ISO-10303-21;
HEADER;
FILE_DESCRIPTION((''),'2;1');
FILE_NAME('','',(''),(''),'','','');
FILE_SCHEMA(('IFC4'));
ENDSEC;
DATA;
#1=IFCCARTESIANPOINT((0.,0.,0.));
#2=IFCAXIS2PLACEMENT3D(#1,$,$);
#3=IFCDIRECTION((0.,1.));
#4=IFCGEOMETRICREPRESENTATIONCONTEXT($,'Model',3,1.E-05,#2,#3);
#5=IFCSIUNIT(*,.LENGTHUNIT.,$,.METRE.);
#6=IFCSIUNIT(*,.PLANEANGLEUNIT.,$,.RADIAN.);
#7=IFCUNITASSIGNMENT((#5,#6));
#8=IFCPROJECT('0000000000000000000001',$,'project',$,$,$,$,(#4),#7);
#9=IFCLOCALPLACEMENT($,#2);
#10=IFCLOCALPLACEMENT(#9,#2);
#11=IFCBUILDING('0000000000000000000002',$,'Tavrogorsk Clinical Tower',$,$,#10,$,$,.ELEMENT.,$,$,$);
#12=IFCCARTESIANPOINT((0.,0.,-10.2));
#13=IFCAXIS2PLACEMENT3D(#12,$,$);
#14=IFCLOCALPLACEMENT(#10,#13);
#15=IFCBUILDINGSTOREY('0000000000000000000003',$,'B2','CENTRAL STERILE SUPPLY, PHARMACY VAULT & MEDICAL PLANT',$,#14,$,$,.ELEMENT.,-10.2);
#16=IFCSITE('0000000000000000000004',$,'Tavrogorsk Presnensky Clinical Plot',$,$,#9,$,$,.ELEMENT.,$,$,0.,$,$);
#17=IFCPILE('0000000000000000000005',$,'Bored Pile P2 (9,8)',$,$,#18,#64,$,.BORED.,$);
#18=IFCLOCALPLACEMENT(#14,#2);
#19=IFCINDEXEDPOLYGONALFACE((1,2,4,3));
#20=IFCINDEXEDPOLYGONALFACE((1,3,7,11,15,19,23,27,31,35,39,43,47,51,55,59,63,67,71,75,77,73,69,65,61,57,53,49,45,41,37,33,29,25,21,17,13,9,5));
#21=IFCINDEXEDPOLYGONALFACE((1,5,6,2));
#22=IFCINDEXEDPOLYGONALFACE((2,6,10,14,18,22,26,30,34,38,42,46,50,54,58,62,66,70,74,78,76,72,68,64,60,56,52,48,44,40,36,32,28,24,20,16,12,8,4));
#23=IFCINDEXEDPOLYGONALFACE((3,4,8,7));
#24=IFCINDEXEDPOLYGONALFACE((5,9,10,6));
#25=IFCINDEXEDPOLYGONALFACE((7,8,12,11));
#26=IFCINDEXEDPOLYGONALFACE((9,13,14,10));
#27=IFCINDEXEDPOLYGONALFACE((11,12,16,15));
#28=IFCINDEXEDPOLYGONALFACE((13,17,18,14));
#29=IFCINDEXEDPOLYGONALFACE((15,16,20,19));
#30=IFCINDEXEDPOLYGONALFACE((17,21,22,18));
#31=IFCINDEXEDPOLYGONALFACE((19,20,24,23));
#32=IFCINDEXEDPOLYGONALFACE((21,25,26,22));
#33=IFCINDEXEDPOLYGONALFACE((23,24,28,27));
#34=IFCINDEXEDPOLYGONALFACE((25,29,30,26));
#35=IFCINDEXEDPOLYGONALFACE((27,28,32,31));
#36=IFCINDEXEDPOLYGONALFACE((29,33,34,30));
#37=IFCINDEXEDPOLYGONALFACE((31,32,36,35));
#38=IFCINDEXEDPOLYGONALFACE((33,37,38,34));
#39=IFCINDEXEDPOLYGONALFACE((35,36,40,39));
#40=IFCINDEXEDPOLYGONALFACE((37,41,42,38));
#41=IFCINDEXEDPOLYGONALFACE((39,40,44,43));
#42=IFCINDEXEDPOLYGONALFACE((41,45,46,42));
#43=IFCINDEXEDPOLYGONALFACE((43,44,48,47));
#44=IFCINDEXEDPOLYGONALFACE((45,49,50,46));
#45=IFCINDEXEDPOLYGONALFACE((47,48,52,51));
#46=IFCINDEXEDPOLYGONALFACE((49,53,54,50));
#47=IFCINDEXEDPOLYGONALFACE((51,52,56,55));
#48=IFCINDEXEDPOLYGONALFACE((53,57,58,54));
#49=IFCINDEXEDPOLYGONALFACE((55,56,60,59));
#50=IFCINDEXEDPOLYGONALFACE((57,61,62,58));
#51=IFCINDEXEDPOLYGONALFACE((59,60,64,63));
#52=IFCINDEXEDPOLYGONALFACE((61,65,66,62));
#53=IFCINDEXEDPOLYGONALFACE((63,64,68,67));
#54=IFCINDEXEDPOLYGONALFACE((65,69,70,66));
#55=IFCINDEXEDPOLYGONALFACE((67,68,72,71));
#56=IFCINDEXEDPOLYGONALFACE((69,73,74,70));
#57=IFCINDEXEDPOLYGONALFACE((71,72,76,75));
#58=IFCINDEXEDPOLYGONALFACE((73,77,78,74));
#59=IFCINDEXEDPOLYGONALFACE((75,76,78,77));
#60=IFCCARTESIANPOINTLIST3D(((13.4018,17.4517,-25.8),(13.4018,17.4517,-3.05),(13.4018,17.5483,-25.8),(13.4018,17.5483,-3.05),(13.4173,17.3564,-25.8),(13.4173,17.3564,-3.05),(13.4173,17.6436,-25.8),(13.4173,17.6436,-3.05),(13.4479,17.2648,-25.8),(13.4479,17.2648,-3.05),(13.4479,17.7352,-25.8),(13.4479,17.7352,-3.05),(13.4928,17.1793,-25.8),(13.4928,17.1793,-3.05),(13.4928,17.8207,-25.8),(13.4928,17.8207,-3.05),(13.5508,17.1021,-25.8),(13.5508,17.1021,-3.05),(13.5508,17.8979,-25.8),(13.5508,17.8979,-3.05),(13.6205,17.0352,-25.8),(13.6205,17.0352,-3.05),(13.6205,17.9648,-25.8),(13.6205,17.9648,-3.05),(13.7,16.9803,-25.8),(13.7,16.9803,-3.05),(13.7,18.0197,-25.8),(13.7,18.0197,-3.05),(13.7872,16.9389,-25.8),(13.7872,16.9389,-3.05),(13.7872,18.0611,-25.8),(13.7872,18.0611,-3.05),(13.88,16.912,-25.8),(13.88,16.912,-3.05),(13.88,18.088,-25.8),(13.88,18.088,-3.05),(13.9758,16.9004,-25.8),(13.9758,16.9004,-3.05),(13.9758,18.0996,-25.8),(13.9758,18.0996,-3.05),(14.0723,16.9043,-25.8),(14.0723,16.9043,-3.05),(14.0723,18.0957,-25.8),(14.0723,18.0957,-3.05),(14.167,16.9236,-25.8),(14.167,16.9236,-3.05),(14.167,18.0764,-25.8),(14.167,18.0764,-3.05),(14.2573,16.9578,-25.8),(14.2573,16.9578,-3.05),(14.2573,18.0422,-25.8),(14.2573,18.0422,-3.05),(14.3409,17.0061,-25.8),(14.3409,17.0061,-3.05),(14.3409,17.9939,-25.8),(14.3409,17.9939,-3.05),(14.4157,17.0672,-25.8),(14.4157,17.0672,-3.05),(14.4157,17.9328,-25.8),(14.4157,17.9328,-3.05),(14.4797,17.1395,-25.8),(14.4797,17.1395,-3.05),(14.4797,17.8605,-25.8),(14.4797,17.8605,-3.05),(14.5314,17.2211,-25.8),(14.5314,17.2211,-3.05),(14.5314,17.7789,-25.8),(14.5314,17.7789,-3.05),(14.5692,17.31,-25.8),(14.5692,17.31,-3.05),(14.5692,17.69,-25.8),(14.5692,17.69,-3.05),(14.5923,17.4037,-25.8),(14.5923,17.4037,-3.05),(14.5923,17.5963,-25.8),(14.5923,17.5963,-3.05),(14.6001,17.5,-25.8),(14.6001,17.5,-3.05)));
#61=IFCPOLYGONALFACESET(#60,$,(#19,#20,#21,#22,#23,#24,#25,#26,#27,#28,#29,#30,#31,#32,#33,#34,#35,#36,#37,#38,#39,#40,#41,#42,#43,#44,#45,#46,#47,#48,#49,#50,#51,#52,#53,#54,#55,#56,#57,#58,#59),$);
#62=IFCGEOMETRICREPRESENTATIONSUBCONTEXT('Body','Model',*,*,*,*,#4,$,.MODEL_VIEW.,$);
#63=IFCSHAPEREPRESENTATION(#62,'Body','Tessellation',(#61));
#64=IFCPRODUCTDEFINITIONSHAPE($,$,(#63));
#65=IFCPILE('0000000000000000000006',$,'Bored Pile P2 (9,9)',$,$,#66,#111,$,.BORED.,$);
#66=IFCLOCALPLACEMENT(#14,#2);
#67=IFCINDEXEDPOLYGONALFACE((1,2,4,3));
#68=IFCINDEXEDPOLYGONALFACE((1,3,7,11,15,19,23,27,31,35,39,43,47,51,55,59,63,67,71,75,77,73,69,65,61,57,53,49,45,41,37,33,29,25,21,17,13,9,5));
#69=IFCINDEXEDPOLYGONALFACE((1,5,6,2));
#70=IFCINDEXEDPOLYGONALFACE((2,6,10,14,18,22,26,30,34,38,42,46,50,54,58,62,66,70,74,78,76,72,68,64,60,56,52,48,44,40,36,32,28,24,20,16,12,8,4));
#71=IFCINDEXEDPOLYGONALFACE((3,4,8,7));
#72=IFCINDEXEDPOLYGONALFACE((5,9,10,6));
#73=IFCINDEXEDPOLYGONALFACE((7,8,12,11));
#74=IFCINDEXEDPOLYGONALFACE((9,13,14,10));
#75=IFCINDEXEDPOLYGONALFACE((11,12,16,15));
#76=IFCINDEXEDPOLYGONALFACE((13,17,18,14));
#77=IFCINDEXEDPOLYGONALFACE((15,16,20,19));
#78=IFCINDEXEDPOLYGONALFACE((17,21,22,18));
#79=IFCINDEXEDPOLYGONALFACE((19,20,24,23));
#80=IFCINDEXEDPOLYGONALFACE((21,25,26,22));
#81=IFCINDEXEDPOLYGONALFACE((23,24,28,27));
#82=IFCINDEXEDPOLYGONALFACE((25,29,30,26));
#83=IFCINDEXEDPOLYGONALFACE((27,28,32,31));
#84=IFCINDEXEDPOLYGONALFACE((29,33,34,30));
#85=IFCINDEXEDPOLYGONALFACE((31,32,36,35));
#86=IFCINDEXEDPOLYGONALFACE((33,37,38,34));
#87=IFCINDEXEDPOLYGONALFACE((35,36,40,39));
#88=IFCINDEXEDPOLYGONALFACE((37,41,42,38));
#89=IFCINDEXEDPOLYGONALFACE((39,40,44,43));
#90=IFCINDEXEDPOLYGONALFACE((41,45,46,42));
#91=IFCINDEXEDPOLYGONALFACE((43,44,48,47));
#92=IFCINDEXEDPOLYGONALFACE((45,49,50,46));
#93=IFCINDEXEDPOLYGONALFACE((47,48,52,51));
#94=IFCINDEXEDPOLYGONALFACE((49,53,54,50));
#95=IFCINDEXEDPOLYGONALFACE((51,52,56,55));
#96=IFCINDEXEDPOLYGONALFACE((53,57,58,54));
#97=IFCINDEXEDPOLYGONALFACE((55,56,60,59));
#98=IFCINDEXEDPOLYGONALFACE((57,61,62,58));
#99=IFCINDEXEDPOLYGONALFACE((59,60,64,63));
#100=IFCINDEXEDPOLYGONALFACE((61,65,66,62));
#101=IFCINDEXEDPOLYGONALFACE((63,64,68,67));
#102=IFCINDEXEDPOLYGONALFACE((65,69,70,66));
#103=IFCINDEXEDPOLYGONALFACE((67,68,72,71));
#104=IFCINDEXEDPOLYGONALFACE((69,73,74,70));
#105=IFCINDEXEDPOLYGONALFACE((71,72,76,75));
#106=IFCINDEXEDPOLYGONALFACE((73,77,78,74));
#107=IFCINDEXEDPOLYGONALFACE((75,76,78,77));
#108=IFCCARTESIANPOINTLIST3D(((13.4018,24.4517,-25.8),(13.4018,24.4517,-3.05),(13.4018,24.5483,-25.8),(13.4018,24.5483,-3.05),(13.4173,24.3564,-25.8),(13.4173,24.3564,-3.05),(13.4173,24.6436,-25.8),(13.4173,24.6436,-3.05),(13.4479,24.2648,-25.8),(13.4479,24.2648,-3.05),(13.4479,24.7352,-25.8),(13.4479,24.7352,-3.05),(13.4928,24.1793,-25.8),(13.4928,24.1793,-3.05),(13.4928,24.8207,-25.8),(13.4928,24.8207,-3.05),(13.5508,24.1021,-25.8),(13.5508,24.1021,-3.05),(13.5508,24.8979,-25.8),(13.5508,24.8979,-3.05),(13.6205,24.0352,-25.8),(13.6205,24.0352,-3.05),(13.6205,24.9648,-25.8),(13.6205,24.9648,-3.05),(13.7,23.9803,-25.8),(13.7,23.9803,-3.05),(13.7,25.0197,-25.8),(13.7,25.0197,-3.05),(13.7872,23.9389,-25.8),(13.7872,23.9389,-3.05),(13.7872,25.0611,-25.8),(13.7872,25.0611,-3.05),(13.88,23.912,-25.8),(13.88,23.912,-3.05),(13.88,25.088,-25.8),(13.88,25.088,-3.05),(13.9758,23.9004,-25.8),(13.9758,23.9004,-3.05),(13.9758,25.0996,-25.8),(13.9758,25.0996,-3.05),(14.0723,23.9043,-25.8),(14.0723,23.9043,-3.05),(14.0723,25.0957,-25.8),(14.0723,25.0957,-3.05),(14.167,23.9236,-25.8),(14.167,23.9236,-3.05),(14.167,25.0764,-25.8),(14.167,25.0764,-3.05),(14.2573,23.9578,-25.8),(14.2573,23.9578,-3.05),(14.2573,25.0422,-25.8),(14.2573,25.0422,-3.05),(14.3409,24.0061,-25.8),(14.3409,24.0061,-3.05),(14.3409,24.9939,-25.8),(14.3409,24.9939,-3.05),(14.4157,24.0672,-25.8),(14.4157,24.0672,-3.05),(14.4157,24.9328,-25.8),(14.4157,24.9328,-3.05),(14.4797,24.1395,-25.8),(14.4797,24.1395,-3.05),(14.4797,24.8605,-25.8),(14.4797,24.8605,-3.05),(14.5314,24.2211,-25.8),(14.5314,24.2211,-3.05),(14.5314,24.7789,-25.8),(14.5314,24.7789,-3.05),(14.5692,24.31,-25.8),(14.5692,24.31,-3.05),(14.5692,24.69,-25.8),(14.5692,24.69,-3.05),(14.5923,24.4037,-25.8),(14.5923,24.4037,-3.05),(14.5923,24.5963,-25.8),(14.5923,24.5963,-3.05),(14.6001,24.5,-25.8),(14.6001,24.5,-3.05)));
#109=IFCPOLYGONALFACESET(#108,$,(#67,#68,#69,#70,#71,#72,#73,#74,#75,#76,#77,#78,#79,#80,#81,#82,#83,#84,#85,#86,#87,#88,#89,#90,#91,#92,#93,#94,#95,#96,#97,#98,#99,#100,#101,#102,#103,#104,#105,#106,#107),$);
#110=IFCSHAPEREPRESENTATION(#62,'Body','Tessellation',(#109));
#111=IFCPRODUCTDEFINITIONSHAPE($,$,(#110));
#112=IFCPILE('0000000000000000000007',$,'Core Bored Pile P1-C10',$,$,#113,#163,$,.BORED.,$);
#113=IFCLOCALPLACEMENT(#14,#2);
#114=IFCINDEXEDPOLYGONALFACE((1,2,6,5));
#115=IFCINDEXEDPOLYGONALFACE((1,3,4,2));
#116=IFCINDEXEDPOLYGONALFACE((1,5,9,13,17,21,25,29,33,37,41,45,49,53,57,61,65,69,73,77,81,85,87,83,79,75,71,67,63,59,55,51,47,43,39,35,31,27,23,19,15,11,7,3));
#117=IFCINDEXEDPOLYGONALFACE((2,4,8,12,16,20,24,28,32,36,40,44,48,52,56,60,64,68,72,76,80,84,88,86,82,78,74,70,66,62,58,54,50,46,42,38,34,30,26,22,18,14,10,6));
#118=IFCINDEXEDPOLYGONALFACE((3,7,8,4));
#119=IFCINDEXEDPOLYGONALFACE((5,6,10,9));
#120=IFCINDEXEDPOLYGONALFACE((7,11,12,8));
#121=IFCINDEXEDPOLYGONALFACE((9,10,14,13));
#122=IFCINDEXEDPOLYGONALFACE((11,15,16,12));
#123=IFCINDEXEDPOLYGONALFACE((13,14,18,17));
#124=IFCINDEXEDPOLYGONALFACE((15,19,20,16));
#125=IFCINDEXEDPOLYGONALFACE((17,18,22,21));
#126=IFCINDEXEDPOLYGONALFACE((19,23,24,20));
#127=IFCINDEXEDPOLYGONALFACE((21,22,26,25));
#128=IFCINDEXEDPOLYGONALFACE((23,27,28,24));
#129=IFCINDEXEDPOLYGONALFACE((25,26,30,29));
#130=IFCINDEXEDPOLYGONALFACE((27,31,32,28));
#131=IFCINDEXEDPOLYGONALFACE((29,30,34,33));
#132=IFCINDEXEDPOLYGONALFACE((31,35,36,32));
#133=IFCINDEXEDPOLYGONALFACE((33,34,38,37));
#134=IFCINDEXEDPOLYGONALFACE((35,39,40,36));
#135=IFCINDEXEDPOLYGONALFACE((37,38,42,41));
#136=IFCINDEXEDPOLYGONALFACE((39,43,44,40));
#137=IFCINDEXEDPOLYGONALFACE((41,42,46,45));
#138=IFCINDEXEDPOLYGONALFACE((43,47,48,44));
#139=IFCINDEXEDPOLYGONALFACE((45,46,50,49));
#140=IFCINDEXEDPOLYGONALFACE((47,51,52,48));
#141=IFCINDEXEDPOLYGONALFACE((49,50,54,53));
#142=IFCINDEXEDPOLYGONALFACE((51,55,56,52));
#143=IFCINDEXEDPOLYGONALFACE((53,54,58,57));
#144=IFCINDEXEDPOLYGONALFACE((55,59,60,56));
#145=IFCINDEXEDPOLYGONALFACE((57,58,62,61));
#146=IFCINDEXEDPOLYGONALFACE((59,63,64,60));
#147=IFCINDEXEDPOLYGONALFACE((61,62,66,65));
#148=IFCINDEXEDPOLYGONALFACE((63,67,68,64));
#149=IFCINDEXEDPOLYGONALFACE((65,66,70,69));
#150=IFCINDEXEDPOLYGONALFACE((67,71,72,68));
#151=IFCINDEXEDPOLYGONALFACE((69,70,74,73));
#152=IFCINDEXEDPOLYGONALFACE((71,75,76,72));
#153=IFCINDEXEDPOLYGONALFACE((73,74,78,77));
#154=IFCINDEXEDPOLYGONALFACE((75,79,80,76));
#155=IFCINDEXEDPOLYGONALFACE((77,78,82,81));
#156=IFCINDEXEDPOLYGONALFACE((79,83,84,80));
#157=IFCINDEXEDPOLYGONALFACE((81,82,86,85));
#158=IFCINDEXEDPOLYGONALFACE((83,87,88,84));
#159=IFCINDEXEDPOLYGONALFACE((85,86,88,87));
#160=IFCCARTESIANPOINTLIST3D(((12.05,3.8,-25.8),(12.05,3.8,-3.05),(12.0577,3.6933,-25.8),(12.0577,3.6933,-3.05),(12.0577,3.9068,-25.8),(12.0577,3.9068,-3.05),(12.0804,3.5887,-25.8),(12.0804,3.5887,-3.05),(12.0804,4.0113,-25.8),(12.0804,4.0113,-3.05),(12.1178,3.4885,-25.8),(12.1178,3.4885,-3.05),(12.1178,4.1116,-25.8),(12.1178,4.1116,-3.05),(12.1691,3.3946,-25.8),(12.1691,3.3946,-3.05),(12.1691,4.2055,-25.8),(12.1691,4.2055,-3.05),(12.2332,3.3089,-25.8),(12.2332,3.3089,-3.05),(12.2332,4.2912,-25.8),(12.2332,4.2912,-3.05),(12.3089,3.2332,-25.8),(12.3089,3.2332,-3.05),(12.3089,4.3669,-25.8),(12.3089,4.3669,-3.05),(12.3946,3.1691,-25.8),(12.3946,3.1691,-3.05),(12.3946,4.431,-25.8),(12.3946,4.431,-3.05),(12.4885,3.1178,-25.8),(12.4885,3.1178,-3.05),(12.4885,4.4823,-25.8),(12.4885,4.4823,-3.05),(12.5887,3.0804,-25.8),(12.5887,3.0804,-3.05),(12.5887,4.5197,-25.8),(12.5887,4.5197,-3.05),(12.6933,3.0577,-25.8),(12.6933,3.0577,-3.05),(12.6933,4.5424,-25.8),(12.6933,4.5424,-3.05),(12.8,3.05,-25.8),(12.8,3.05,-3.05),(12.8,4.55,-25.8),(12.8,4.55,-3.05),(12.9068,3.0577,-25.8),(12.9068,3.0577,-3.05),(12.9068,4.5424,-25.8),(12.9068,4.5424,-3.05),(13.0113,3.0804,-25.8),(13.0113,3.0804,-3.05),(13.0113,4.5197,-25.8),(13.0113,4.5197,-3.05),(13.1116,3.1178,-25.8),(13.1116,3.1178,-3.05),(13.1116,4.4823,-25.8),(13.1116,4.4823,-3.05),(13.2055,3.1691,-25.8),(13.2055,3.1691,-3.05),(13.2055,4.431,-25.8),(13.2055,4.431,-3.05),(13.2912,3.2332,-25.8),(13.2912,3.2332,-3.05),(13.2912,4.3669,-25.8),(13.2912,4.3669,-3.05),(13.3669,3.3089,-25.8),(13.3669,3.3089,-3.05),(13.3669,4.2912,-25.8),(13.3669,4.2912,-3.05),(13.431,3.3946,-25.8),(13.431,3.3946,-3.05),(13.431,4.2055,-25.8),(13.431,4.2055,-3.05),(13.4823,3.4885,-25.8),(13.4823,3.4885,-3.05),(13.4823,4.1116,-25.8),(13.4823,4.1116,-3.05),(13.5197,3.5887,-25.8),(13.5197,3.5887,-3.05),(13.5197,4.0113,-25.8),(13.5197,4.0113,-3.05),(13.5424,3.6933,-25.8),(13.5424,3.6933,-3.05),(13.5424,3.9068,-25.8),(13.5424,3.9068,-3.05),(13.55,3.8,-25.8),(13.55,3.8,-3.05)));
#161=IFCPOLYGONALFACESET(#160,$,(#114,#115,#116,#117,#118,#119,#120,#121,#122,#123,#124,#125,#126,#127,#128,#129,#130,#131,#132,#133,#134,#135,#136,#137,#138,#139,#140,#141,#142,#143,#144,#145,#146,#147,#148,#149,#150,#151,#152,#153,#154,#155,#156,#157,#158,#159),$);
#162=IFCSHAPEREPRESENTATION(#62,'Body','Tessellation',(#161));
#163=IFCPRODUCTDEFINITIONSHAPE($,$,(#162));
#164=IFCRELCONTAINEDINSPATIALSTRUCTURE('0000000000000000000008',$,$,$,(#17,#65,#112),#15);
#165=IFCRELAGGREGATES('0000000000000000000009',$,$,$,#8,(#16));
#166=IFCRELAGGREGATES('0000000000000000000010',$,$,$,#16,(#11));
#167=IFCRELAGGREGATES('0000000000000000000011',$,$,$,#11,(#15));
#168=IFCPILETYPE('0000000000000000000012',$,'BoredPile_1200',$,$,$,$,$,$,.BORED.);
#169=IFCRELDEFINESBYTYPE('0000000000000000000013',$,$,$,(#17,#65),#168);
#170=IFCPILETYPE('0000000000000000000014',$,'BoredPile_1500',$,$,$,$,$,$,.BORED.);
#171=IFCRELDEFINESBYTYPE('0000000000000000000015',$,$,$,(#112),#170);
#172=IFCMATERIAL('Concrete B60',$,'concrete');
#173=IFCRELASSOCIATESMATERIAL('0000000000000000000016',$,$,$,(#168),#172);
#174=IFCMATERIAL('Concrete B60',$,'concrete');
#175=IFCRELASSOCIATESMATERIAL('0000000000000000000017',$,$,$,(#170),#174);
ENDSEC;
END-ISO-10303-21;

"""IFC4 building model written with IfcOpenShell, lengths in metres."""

from ifc_helpers import new_model, si_unit, direction, frame, origin, origin_2d, place, context, subcontext, project, spatial, circle, extrude, material, material_profile, profile_set, type_object, element, save


model = new_model("IFC4")

# Units and contexts
model_context = context("Model", 3, precision=1e-05, world=origin(), true_north=direction((0.0, 1.0)))
body_context = subcontext(model_context, "Body", "Model", "MODEL_VIEW")
ifc_project = project(units=[si_unit("LENGTHUNIT", "METRE"), si_unit("PLANEANGLEUNIT", "RADIAN")], contexts=[model_context])

# Site, building, storey
site_placement = place(None, origin())
site = spatial("IfcSite", under=ifc_project, at=site_placement, Name="Tavrogorsk Presnensky Clinical Plot", CompositionType="ELEMENT", RefElevation=0.0)
building_placement = place(site_placement, origin())
building = spatial("IfcBuilding", under=site, at=building_placement, Name="Tavrogorsk Clinical Tower", CompositionType="ELEMENT")
storey_placement = place(building_placement, frame((0.0, 0.0, -10.2)))
storey = spatial("IfcBuildingStorey", under=building, at=storey_placement, Name="B2", Description="CENTRAL STERILE SUPPLY, PHARMACY VAULT & MEDICAL PLANT", CompositionType="ELEMENT", Elevation=-10.2)

# Piles
ifc_material_1 = material(Name="Concrete B60", Category="concrete")
ifc_material_profile_1 = material_profile(ifc_material_1, circle(Radius=0.6001, at=origin_2d()), Name="BORED-PILE-1200")
ifc_profile_set_1 = profile_set([ifc_material_profile_1], Name="Concrete B60")
pile_type_1 = type_object("IfcPileType", Name="BoredPile_1200", PredefinedType="BORED", material=ifc_profile_set_1)
for number, where, z_axis, x_axis, name in (
    (1, (14.0, 17.5, -3.05), (0.0, 0.0, -1.0), (1.0, 0.0, 0.0), "Bored Pile P2 (9,8)"),
    (2, (14.0, 24.5, -3.05), (0.0, 0.0, -1.0), (1.0, 0.0, 0.0), "Bored Pile P2 (9,9)"),
):
    element("IfcPile", number, at=place(storey_placement, frame(where, z_axis=z_axis, x_axis=x_axis)), inside=storey, type_object=pile_type_1, Name=name, PredefinedType="BORED", context=body_context, shape_type="SweptSolid", body=[
        extrude(circle(Radius=0.6001, at=origin_2d()), origin(), (0.0, 0.0, 1.0), 22.75),
    ])
ifc_material_2 = material(Name="Concrete B60", Category="concrete")
ifc_material_profile_2 = material_profile(ifc_material_2, circle(Radius=0.75, at=origin_2d()), Name="BORED-PILE-1500")
ifc_profile_set_2 = profile_set([ifc_material_profile_2], Name="Concrete B60")
pile_type_2 = type_object("IfcPileType", Name="BoredPile_1500", PredefinedType="BORED", material=ifc_profile_set_2)
for number, where, z_axis, x_axis, name in (
    (3, (12.8, 3.8, -3.05), (0.0, 0.0, -1.0), (1.0, 0.0, 0.0), "Core Bored Pile P1-C10"),
):
    element("IfcPile", number, at=place(storey_placement, frame(where, z_axis=z_axis, x_axis=x_axis)), inside=storey, type_object=pile_type_2, Name=name, PredefinedType="BORED", context=body_context, shape_type="SweptSolid", body=[
        extrude(circle(Radius=0.75, at=origin_2d()), origin(), (0.0, 0.0, 1.0), 22.75),
    ])

save(model, "model.ifc")
